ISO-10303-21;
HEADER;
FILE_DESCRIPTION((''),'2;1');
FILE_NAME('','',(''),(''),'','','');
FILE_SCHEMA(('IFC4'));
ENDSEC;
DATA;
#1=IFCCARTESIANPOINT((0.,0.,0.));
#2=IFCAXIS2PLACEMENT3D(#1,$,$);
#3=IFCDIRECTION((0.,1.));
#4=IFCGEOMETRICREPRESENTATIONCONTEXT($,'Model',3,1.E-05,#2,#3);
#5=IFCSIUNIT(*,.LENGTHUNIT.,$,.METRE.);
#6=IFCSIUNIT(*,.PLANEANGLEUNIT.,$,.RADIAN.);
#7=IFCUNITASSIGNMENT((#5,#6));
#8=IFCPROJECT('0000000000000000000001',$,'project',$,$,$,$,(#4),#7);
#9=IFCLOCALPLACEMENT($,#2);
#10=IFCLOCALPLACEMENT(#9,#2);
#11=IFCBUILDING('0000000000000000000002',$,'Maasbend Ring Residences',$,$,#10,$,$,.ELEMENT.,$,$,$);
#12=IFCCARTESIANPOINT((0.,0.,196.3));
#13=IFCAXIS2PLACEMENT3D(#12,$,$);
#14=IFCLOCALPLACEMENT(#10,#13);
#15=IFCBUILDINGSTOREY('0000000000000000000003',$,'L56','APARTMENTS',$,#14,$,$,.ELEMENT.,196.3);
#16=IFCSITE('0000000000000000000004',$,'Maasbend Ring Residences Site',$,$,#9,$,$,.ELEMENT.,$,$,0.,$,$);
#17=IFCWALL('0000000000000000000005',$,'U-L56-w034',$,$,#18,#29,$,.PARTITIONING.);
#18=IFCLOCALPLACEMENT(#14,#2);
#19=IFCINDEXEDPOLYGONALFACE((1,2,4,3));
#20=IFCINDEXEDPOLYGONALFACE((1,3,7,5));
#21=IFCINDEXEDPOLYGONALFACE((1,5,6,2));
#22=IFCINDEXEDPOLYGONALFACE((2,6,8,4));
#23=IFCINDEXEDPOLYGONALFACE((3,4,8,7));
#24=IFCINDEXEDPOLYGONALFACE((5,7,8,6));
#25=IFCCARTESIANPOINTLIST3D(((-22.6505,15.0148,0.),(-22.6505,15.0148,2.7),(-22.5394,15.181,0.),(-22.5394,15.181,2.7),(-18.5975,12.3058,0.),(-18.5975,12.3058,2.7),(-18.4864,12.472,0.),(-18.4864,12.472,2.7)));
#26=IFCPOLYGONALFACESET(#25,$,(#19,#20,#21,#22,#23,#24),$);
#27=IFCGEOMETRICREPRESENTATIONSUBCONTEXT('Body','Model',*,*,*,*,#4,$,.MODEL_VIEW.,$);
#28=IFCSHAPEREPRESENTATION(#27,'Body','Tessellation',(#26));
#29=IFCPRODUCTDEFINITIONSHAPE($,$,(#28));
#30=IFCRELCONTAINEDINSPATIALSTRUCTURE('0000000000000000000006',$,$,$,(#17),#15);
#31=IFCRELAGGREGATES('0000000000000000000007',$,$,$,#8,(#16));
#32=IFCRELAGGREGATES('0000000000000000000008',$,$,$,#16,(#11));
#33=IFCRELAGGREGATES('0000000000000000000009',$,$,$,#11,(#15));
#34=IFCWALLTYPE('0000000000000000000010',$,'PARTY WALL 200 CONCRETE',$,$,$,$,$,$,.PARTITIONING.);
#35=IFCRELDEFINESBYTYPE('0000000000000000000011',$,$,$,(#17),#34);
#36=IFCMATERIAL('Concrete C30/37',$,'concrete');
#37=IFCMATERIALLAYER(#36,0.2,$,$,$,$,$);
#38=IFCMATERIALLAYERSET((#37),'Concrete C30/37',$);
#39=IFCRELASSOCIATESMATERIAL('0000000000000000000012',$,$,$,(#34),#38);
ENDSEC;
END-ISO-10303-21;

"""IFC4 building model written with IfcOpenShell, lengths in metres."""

from ifc_helpers import new_model, si_unit, direction, frame, frame_2d, origin, place, context, subcontext, project, spatial, rectangle, extrude, material, layer, layer_set, type_object, element, save


model = new_model("IFC4")

# Units and contexts
model_context = context("Model", 3, precision=1e-05, world=origin(), true_north=direction((0.0, 1.0)))
body_context = subcontext(model_context, "Body", "Model", "MODEL_VIEW")
ifc_project = project(units=[si_unit("LENGTHUNIT", "METRE"), si_unit("PLANEANGLEUNIT", "RADIAN")], contexts=[model_context])

# Site, building, storey
site_placement = place(None, origin())
site = spatial("IfcSite", under=ifc_project, at=site_placement, Name="Maasbend Ring Residences Site", CompositionType="ELEMENT", RefElevation=0.0)
building_placement = place(site_placement, origin())
building = spatial("IfcBuilding", under=site, at=building_placement, Name="Maasbend Ring Residences", CompositionType="ELEMENT")
storey_placement = place(building_placement, frame((0.0, 0.0, 196.3)))
storey = spatial("IfcBuildingStorey", under=building, at=storey_placement, Name="L56", Description="APARTMENTS", CompositionType="ELEMENT", Elevation=196.3)

# Wall
ifc_material_1 = material(Name="Concrete C30/37", Category="concrete")
ifc_layer_1 = layer(ifc_material_1, 0.2)
ifc_layer_set_1 = layer_set([ifc_layer_1], Name="Concrete C30/37")
wall_type_1 = type_object("IfcWallType", Name="PARTY WALL 200 CONCRETE", PredefinedType="PARTITIONING", material=ifc_layer_set_1)
wall_1_placement = place(storey_placement, frame((-22.595, 15.0979, 0.0), z_axis=(0.0, 0.0, 1.0), x_axis=(0.831387, -0.555694, 0.0)))
element("IfcWall", 1, at=wall_1_placement, inside=storey, type_object=wall_type_1, Name="U-L56-w034", PredefinedType="PARTITIONING", context=body_context, shape_type="SweptSolid", body=[
    extrude(rectangle(XDim=4.875, YDim=0.2, at=frame_2d((2.4375, 0.0))), origin(), (0.0, 0.0, 1.0), 2.7),
])

save(model, "model.ifc")
